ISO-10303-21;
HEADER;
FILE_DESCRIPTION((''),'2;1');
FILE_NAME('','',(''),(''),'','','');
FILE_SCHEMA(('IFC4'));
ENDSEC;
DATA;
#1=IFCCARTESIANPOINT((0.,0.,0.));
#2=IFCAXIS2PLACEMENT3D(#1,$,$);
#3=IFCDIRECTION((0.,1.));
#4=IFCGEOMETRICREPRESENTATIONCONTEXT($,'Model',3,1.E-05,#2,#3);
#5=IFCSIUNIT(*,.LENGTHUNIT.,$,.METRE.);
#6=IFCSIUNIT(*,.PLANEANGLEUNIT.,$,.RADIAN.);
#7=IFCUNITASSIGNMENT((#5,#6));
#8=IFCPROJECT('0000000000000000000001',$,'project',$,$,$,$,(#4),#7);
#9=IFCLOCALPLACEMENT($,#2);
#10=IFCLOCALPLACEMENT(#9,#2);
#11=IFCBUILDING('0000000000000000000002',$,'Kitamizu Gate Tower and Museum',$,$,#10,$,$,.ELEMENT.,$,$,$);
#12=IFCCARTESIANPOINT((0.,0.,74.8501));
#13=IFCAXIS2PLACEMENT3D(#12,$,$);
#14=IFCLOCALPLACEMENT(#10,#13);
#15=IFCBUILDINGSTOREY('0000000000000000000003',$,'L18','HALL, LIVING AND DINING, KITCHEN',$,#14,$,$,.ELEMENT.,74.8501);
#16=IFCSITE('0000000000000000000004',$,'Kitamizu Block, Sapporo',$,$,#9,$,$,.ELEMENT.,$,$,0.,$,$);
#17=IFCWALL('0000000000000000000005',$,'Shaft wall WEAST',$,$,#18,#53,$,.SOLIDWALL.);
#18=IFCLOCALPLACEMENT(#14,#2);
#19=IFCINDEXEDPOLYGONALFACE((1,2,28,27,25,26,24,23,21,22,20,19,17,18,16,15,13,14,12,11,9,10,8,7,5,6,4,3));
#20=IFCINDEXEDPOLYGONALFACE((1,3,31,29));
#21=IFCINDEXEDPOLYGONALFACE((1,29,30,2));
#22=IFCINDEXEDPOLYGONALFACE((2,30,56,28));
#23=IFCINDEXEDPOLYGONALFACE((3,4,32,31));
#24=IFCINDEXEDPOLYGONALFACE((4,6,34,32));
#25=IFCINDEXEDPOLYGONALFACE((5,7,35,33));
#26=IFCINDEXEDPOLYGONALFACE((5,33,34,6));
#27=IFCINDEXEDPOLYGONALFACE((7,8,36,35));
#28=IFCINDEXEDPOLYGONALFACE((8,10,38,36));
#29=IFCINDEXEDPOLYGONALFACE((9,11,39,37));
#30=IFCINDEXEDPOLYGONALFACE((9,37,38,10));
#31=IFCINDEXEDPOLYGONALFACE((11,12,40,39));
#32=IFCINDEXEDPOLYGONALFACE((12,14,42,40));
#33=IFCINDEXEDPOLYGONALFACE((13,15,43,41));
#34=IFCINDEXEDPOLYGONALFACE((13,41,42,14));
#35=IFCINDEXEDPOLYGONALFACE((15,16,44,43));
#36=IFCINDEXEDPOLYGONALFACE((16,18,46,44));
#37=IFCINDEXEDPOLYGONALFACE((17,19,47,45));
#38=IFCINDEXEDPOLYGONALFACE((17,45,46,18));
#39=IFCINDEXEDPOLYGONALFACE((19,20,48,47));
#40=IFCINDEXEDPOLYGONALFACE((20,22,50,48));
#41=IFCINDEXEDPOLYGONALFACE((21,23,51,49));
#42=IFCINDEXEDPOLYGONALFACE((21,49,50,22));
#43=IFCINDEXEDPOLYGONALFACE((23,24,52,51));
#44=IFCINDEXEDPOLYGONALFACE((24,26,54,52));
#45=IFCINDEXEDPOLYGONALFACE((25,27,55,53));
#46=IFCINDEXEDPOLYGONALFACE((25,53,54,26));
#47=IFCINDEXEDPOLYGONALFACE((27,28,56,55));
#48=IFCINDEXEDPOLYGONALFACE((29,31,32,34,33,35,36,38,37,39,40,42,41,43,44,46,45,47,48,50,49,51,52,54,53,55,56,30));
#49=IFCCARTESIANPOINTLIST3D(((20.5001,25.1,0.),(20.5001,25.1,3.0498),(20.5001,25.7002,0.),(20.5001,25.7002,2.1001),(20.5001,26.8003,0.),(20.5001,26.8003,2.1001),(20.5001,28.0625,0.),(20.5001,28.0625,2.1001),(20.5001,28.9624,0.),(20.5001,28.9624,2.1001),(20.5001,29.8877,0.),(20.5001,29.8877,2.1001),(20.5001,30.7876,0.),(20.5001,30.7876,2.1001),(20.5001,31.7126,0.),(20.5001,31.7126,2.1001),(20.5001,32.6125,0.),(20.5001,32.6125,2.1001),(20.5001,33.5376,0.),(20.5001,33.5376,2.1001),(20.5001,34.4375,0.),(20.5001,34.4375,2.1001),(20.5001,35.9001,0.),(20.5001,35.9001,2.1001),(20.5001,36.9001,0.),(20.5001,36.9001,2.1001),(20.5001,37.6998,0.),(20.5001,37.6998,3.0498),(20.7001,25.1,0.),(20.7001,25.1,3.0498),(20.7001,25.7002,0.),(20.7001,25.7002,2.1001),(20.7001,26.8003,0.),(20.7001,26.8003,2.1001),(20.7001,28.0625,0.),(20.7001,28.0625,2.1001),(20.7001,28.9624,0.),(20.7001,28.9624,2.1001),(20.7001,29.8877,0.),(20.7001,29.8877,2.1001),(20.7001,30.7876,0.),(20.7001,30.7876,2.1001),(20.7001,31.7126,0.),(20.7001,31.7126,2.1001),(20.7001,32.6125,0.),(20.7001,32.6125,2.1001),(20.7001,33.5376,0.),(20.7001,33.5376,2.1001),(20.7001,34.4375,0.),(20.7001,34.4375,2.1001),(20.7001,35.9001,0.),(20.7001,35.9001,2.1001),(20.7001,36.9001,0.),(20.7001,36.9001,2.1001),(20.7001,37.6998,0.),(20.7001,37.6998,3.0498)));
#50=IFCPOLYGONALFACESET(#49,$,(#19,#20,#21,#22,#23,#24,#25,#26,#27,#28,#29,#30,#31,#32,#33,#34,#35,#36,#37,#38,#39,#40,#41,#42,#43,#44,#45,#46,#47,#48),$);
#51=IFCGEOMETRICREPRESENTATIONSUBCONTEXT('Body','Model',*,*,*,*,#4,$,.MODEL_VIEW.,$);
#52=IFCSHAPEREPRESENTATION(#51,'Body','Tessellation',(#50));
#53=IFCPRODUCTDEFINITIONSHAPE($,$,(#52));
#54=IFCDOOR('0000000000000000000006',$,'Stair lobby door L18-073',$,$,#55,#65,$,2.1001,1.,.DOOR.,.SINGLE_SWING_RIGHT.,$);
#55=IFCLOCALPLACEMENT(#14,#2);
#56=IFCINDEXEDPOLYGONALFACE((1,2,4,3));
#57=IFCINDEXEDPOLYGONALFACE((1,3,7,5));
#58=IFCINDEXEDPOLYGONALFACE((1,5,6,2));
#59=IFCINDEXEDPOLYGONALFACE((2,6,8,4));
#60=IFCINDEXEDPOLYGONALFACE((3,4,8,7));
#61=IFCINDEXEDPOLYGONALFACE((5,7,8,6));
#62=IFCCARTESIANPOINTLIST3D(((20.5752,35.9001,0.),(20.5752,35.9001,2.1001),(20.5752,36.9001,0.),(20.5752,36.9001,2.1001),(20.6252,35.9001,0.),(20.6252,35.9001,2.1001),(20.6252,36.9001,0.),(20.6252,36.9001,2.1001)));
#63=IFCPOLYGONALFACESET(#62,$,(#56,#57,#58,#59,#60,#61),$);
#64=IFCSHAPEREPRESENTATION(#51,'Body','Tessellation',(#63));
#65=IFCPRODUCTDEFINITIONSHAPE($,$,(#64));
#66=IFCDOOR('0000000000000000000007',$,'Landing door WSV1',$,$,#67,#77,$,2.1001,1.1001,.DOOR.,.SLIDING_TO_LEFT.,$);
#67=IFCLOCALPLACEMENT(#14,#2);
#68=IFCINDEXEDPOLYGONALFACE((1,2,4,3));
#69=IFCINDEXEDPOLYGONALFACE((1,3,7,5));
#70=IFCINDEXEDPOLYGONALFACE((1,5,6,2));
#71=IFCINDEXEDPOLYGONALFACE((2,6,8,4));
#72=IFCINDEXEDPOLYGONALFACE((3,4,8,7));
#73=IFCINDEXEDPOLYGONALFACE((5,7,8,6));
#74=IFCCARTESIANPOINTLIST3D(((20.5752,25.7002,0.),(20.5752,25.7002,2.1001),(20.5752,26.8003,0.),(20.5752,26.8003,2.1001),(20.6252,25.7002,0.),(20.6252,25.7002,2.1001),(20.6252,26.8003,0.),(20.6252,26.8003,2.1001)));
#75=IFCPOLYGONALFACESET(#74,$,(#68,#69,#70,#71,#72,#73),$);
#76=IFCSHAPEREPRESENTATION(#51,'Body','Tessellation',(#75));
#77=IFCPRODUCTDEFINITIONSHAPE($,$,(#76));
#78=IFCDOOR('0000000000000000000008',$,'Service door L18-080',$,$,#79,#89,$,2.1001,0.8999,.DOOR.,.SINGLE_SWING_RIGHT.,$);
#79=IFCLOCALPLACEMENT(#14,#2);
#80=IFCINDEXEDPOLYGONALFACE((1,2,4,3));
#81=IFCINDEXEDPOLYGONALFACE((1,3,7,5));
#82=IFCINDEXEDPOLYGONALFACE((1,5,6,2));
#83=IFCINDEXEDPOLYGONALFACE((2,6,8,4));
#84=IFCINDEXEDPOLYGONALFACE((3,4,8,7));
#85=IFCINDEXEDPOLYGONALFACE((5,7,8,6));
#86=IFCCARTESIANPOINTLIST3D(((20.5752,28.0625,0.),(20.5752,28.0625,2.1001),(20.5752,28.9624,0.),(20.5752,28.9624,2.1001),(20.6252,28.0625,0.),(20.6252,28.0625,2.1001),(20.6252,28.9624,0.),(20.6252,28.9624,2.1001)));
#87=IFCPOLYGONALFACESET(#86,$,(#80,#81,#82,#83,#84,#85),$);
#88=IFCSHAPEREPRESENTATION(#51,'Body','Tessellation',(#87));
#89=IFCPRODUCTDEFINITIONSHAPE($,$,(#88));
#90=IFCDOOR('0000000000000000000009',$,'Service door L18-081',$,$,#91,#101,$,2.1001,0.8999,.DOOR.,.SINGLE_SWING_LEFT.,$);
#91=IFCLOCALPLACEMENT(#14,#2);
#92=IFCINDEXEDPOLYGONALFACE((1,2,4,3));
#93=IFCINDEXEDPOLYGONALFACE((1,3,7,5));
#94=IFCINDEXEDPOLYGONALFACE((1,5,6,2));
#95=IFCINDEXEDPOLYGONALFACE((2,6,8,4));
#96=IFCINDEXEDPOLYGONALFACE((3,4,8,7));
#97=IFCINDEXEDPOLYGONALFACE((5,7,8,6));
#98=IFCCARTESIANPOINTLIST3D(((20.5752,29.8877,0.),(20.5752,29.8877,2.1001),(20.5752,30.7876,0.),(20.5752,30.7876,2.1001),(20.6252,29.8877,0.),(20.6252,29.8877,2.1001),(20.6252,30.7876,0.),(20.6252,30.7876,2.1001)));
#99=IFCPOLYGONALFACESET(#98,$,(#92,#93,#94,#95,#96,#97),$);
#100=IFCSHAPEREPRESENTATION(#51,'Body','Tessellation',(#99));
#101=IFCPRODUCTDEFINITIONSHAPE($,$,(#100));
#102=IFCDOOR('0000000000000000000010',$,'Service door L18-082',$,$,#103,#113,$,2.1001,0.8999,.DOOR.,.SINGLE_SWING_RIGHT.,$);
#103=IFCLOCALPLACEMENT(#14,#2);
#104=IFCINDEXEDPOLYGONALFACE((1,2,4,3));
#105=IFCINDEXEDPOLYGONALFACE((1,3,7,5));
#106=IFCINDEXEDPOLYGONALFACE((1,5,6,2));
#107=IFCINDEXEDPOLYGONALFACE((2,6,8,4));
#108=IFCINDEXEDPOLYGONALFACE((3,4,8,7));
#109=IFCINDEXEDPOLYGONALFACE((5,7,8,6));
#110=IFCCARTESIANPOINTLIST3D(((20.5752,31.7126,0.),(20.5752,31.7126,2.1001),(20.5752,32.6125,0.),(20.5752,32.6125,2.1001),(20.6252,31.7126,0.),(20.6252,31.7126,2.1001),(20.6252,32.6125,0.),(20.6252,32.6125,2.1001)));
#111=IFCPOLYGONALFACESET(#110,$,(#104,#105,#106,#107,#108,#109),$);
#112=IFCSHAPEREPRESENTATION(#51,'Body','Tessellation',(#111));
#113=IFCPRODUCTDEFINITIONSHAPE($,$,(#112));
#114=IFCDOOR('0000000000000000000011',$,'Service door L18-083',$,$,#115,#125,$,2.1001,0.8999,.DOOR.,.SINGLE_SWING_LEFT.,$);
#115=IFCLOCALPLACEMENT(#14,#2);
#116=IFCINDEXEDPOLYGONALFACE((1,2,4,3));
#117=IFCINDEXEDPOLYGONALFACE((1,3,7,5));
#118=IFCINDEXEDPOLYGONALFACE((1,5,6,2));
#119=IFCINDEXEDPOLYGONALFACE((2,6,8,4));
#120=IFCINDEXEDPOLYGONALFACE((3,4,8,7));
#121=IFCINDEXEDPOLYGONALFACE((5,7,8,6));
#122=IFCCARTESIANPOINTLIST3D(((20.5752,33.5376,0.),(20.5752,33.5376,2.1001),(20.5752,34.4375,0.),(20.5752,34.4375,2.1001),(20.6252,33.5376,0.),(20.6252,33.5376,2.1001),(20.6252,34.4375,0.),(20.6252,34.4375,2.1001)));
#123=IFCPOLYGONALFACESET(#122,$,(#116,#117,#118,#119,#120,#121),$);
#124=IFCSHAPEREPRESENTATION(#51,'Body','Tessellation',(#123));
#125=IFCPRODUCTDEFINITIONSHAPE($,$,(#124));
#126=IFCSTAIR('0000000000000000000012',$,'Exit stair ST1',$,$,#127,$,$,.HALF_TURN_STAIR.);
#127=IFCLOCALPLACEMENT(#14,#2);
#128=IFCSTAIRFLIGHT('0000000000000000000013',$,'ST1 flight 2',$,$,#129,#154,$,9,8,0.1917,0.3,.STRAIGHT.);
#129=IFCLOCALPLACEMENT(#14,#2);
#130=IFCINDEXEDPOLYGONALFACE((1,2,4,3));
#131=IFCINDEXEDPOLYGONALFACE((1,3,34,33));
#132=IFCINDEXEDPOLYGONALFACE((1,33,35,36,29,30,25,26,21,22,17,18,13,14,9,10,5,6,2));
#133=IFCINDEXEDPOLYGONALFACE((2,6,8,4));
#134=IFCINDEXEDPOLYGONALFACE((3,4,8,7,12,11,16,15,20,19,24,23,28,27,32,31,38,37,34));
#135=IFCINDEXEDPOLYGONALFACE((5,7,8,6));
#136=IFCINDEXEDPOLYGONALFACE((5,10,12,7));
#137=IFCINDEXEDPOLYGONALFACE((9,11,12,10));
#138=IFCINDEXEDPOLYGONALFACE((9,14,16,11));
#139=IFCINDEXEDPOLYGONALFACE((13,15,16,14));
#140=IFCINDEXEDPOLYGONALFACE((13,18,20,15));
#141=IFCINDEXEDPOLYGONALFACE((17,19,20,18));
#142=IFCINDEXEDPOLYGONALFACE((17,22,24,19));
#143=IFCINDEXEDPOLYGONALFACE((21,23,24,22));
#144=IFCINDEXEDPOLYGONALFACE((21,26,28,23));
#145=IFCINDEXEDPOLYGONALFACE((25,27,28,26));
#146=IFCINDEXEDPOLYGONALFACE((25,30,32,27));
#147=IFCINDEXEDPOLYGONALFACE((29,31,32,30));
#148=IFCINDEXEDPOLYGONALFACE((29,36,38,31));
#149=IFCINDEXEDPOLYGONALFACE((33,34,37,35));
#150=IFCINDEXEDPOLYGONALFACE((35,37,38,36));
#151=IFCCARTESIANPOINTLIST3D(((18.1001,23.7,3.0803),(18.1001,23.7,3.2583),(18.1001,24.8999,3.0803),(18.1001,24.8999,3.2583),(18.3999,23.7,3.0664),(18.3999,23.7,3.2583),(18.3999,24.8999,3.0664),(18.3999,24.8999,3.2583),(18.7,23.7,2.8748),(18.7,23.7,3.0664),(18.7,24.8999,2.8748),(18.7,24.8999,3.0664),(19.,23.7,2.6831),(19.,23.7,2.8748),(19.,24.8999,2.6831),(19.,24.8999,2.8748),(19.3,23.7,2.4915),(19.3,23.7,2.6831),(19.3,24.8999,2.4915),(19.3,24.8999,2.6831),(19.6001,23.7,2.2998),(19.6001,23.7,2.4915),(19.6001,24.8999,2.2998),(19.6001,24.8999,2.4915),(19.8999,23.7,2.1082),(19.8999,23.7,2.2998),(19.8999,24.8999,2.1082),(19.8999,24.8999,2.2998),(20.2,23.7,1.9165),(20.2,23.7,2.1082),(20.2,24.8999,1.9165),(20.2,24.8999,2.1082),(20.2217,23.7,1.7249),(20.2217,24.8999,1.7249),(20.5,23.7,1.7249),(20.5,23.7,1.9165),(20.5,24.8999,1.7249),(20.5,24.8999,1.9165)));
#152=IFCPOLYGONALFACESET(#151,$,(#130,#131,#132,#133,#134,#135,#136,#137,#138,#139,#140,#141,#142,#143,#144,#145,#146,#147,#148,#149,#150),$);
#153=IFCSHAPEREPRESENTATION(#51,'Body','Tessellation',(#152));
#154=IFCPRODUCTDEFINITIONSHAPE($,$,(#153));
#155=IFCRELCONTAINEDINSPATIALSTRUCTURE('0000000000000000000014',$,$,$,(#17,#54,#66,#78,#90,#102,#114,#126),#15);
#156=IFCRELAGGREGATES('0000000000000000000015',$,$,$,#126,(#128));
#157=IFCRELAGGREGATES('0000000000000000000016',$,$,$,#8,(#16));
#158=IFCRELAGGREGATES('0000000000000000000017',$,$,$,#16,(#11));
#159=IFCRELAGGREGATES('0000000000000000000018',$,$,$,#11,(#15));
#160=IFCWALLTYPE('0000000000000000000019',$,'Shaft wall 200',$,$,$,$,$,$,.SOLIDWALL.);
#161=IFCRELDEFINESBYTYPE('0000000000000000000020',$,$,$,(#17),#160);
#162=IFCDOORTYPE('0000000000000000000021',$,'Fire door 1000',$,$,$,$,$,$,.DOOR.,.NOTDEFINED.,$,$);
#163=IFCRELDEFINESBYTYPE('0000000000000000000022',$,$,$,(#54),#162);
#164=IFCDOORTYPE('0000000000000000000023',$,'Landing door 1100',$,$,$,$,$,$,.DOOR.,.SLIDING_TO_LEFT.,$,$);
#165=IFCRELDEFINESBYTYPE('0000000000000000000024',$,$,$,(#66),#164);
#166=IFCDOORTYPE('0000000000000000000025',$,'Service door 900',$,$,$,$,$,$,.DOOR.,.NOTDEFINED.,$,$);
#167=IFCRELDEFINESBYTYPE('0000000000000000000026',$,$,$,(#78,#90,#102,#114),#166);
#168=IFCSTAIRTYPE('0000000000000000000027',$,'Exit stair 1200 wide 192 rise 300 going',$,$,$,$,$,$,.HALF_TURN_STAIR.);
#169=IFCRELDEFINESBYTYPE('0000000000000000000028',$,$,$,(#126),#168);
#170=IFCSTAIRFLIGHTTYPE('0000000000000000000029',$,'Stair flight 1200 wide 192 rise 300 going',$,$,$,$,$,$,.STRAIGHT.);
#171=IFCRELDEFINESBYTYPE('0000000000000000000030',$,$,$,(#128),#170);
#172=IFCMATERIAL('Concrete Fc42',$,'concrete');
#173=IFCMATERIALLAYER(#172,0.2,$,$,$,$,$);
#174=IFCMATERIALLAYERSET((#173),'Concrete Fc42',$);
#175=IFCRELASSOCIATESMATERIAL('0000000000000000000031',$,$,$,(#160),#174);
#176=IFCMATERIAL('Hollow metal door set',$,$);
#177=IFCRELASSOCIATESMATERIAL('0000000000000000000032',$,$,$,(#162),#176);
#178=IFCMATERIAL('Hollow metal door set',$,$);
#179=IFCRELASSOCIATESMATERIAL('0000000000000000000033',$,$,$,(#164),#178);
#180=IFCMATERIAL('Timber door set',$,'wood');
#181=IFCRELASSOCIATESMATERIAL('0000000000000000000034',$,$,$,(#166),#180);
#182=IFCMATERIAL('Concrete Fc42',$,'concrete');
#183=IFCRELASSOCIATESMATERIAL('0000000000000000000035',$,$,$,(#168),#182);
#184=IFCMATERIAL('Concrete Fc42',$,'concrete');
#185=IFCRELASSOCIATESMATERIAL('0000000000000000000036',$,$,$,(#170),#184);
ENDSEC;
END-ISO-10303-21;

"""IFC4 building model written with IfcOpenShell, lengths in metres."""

from ifc_helpers import new_model, si_unit, direction, frame, frame_2d, origin, place, context, subcontext, project, spatial, polyline, rectangle, outline, extrude, material, layer, layer_set, type_object, element, fill, aggregate, save


model = new_model("IFC4")

# Units and contexts
model_context = context("Model", 3, precision=1e-05, world=origin(), true_north=direction((0.0, 1.0)))
body_context = subcontext(model_context, "Body", "Model", "MODEL_VIEW")
ifc_project = project(units=[si_unit("LENGTHUNIT", "METRE"), si_unit("PLANEANGLEUNIT", "RADIAN")], contexts=[model_context])

# Site, building, storey
site_placement = place(None, origin())
site = spatial("IfcSite", under=ifc_project, at=site_placement, Name="Kitamizu Block, Sapporo", CompositionType="ELEMENT", RefElevation=0.0)
building_placement = place(site_placement, origin())
building = spatial("IfcBuilding", under=site, at=building_placement, Name="Kitamizu Gate Tower and Museum", CompositionType="ELEMENT")
storey_placement = place(building_placement, frame((0.0, 0.0, 74.8501)))
storey = spatial("IfcBuildingStorey", under=building, at=storey_placement, Name="L18", Description="HALL, LIVING AND DINING, KITCHEN", CompositionType="ELEMENT", Elevation=74.8501)

# Wall, openings, doors
ifc_material_1 = material(Name="Concrete Fc42", Category="concrete")
ifc_layer_1 = layer(ifc_material_1, 0.2)
ifc_layer_set_1 = layer_set([ifc_layer_1], Name="Concrete Fc42")
wall_type_1 = type_object("IfcWallType", Name="Shaft wall 200", PredefinedType="SOLIDWALL", material=ifc_layer_set_1)
wall_1_placement = place(storey_placement, frame((20.6001, 25.1001, 0.0), z_axis=(0.0, 0.0, 1.0), x_axis=(0.0, 1.0, 0.0)))
wall_1 = element("IfcWall", 1, at=wall_1_placement, inside=storey, type_object=wall_type_1, Name="Shaft wall WEAST", PredefinedType="SOLIDWALL", context=body_context, shape_type="SweptSolid", body=[
    extrude(rectangle(XDim=12.5999, YDim=0.2, at=frame_2d((6.2998, 0.0))), origin(), (0.0, 0.0, 1.0), 3.0498),
])
opening_1_placement = place(wall_1_placement, frame((0.6001, 0.0, 0.0)))
opening_1 = element("IfcOpeningElement", 2, at=opening_1_placement, cuts=wall_1, PredefinedType="OPENING", context=body_context, shape_type="SweptSolid", body=[
    extrude(rectangle(XDim=1.1001, YDim=2.1001, at=frame_2d((0.55, 1.05))), frame((0.0, 0.1099, 0.0), z_axis=(0.0, -1.0, 0.0), x_axis=(1.0, 0.0, 0.0)), (0.0, 0.0, 1.0), 0.22),
])
opening_2_placement = place(wall_1_placement, frame((10.8, 0.0, 0.0)))
opening_2 = element("IfcOpeningElement", 3, at=opening_2_placement, cuts=wall_1, PredefinedType="OPENING", context=body_context, shape_type="SweptSolid", body=[
    extrude(rectangle(XDim=1.0, YDim=2.1001, at=frame_2d((0.5, 1.05))), frame((0.0, 0.1099, 0.0), z_axis=(0.0, -1.0, 0.0), x_axis=(1.0, 0.0, 0.0)), (0.0, 0.0, 1.0), 0.22),
])
opening_3_placement = place(wall_1_placement, frame((2.9624, 0.0, 0.0)))
opening_3 = element("IfcOpeningElement", 4, at=opening_3_placement, cuts=wall_1, PredefinedType="OPENING", context=body_context, shape_type="SweptSolid", body=[
    extrude(rectangle(XDim=0.8999, YDim=2.1001, at=frame_2d((0.45, 1.05))), frame((0.0, 0.1099, 0.0), z_axis=(0.0, -1.0, 0.0), x_axis=(1.0, 0.0, 0.0)), (0.0, 0.0, 1.0), 0.22),
])
opening_4_placement = place(wall_1_placement, frame((4.7876, 0.0, 0.0)))
opening_4 = element("IfcOpeningElement", 5, at=opening_4_placement, cuts=wall_1, PredefinedType="OPENING", context=body_context, shape_type="SweptSolid", body=[
    extrude(rectangle(XDim=0.8999, YDim=2.1001, at=frame_2d((0.45, 1.05))), frame((0.0, 0.1099, 0.0), z_axis=(0.0, -1.0, 0.0), x_axis=(1.0, 0.0, 0.0)), (0.0, 0.0, 1.0), 0.22),
])
opening_5_placement = place(wall_1_placement, frame((6.6125, 0.0, 0.0)))
opening_5 = element("IfcOpeningElement", 6, at=opening_5_placement, cuts=wall_1, PredefinedType="OPENING", context=body_context, shape_type="SweptSolid", body=[
    extrude(rectangle(XDim=0.8999, YDim=2.1001, at=frame_2d((0.45, 1.05))), frame((0.0, 0.1099, 0.0), z_axis=(0.0, -1.0, 0.0), x_axis=(1.0, 0.0, 0.0)), (0.0, 0.0, 1.0), 0.22),
])
opening_6_placement = place(wall_1_placement, frame((8.4375, 0.0, 0.0)))
opening_6 = element("IfcOpeningElement", 7, at=opening_6_placement, cuts=wall_1, PredefinedType="OPENING", context=body_context, shape_type="SweptSolid", body=[
    extrude(rectangle(XDim=0.8999, YDim=2.1001, at=frame_2d((0.45, 1.05))), frame((0.0, 0.1099, 0.0), z_axis=(0.0, -1.0, 0.0), x_axis=(1.0, 0.0, 0.0)), (0.0, 0.0, 1.0), 0.22),
])
ifc_material_2 = material(Name="Hollow metal door set")
door_type_1 = type_object("IfcDoorType", Name="Fire door 1000", OperationType="NOTDEFINED", PredefinedType="DOOR", material=ifc_material_2)
door_1_placement = place(opening_2_placement, origin())
door_1 = element("IfcDoor", 8, at=door_1_placement, inside=storey, type_object=door_type_1, Name="Stair lobby door L18-073", OperationType="SINGLE_SWING_RIGHT", OverallHeight=2.1001, OverallWidth=1.0, PredefinedType="DOOR", context=body_context, shape_type="SweptSolid", body=[
    extrude(rectangle(XDim=1.0, YDim=2.1001, at=frame_2d((0.5, 1.05))), frame((0.0, 0.0249, 0.0), z_axis=(0.0, -1.0, 0.0), x_axis=(1.0, 0.0, 0.0)), (0.0, 0.0, 1.0), 0.05),
])
fill(opening_2, door_1)
ifc_material_3 = material(Name="Hollow metal door set")
door_type_2 = type_object("IfcDoorType", Name="Landing door 1100", OperationType="SLIDING_TO_LEFT", PredefinedType="DOOR", material=ifc_material_3)
door_2_placement = place(opening_1_placement, origin())
door_2 = element("IfcDoor", 9, at=door_2_placement, inside=storey, type_object=door_type_2, Name="Landing door WSV1", OperationType="SLIDING_TO_LEFT", OverallHeight=2.1001, OverallWidth=1.1001, PredefinedType="DOOR", context=body_context, shape_type="SweptSolid", body=[
    extrude(rectangle(XDim=1.1001, YDim=2.1001, at=frame_2d((0.55, 1.05))), frame((0.0, 0.0249, 0.0), z_axis=(0.0, -1.0, 0.0), x_axis=(1.0, 0.0, 0.0)), (0.0, 0.0, 1.0), 0.05),
])
fill(opening_1, door_2)
ifc_material_4 = material(Name="Timber door set", Category="wood")
door_type_3 = type_object("IfcDoorType", Name="Service door 900", OperationType="NOTDEFINED", PredefinedType="DOOR", material=ifc_material_4)
door_3_placement = place(opening_3_placement, origin())
door_3 = element("IfcDoor", 10, at=door_3_placement, inside=storey, type_object=door_type_3, Name="Service door L18-080", OperationType="SINGLE_SWING_RIGHT", OverallHeight=2.1001, OverallWidth=0.8999, PredefinedType="DOOR", context=body_context, shape_type="SweptSolid", body=[
    extrude(rectangle(XDim=0.8999, YDim=2.1001, at=frame_2d((0.45, 1.05))), frame((0.0, 0.0249, 0.0), z_axis=(0.0, -1.0, 0.0), x_axis=(1.0, 0.0, 0.0)), (0.0, 0.0, 1.0), 0.05),
])
fill(opening_3, door_3)
door_4_placement = place(opening_4_placement, origin())
door_4 = element("IfcDoor", 11, at=door_4_placement, inside=storey, type_object=door_type_3, Name="Service door L18-081", OperationType="SINGLE_SWING_LEFT", OverallHeight=2.1001, OverallWidth=0.8999, PredefinedType="DOOR", context=body_context, shape_type="SweptSolid", body=[
    extrude(rectangle(XDim=0.8999, YDim=2.1001, at=frame_2d((0.45, 1.05))), frame((0.0, 0.0249, 0.0), z_axis=(0.0, -1.0, 0.0), x_axis=(1.0, 0.0, 0.0)), (0.0, 0.0, 1.0), 0.05),
])
fill(opening_4, door_4)
door_5_placement = place(opening_5_placement, origin())
door_5 = element("IfcDoor", 12, at=door_5_placement, inside=storey, type_object=door_type_3, Name="Service door L18-082", OperationType="SINGLE_SWING_RIGHT", OverallHeight=2.1001, OverallWidth=0.8999, PredefinedType="DOOR", context=body_context, shape_type="SweptSolid", body=[
    extrude(rectangle(XDim=0.8999, YDim=2.1001, at=frame_2d((0.45, 1.05))), frame((0.0, 0.0249, 0.0), z_axis=(0.0, -1.0, 0.0), x_axis=(1.0, 0.0, 0.0)), (0.0, 0.0, 1.0), 0.05),
])
fill(opening_5, door_5)
door_6_placement = place(opening_6_placement, origin())
door_6 = element("IfcDoor", 13, at=door_6_placement, inside=storey, type_object=door_type_3, Name="Service door L18-083", OperationType="SINGLE_SWING_LEFT", OverallHeight=2.1001, OverallWidth=0.8999, PredefinedType="DOOR", context=body_context, shape_type="SweptSolid", body=[
    extrude(rectangle(XDim=0.8999, YDim=2.1001, at=frame_2d((0.45, 1.05))), frame((0.0, 0.0249, 0.0), z_axis=(0.0, -1.0, 0.0), x_axis=(1.0, 0.0, 0.0)), (0.0, 0.0, 1.0), 0.05),
])
fill(opening_6, door_6)

# Stair, stair flight
ifc_material_5 = material(Name="Concrete Fc42", Category="concrete")
stair_type = type_object("IfcStairType", Name="Exit stair 1200 wide 192 rise 300 going", PredefinedType="HALF_TURN_STAIR", material=ifc_material_5)
stair_placement = place(storey_placement, origin())
stair = element("IfcStair", 14, at=stair_placement, inside=storey, type_object=stair_type, Name="Exit stair ST1", PredefinedType="HALF_TURN_STAIR")
ifc_material_6 = material(Name="Concrete Fc42", Category="concrete")
stair_flight_type = type_object("IfcStairFlightType", Name="Stair flight 1200 wide 192 rise 300 going", PredefinedType="STRAIGHT", material=ifc_material_6)
stair_flight_placement = place(storey_placement, frame((20.5, 24.3, 1.7249), z_axis=(0.0, 0.0, 1.0), x_axis=(-1.0, 0.0, 0.0)))
stair_flight = element("IfcStairFlight", 15, at=stair_flight_placement, type_object=stair_flight_type, Name="ST1 flight 2", NumberOfRisers=9, NumberOfTreads=8, PredefinedType="STRAIGHT", RiserHeight=0.1917, TreadLength=0.3, context=body_context, shape_type="SweptSolid", body=[
    extrude(outline(polyline([(0.0, 0.0), (0.0, 0.1917), (0.3, 0.1917), (0.3, 0.3833), (0.6001, 0.3833), (0.6001, 0.575), (0.8999, 0.575), (0.8999, 0.7666), (1.2, 0.7666), (1.2, 0.9583), (1.5, 0.9583), (1.5, 1.1499), (1.8, 1.1499), (1.8, 1.3416), (2.1001, 1.3416), (2.1001, 1.5334), (2.3999, 1.5334), (2.3999, 1.7251), (2.3999, 1.3555), (0.2783, 0.0), (0.0, 0.0)])), frame((0.0, 0.6001, 0.0), z_axis=(0.0, -1.0, 0.0), x_axis=(1.0, 0.0, 0.0)), (0.0, 0.0, 1.0), 1.2),
])
aggregate(stair, [stair_flight])

save(model, "model.ifc")
